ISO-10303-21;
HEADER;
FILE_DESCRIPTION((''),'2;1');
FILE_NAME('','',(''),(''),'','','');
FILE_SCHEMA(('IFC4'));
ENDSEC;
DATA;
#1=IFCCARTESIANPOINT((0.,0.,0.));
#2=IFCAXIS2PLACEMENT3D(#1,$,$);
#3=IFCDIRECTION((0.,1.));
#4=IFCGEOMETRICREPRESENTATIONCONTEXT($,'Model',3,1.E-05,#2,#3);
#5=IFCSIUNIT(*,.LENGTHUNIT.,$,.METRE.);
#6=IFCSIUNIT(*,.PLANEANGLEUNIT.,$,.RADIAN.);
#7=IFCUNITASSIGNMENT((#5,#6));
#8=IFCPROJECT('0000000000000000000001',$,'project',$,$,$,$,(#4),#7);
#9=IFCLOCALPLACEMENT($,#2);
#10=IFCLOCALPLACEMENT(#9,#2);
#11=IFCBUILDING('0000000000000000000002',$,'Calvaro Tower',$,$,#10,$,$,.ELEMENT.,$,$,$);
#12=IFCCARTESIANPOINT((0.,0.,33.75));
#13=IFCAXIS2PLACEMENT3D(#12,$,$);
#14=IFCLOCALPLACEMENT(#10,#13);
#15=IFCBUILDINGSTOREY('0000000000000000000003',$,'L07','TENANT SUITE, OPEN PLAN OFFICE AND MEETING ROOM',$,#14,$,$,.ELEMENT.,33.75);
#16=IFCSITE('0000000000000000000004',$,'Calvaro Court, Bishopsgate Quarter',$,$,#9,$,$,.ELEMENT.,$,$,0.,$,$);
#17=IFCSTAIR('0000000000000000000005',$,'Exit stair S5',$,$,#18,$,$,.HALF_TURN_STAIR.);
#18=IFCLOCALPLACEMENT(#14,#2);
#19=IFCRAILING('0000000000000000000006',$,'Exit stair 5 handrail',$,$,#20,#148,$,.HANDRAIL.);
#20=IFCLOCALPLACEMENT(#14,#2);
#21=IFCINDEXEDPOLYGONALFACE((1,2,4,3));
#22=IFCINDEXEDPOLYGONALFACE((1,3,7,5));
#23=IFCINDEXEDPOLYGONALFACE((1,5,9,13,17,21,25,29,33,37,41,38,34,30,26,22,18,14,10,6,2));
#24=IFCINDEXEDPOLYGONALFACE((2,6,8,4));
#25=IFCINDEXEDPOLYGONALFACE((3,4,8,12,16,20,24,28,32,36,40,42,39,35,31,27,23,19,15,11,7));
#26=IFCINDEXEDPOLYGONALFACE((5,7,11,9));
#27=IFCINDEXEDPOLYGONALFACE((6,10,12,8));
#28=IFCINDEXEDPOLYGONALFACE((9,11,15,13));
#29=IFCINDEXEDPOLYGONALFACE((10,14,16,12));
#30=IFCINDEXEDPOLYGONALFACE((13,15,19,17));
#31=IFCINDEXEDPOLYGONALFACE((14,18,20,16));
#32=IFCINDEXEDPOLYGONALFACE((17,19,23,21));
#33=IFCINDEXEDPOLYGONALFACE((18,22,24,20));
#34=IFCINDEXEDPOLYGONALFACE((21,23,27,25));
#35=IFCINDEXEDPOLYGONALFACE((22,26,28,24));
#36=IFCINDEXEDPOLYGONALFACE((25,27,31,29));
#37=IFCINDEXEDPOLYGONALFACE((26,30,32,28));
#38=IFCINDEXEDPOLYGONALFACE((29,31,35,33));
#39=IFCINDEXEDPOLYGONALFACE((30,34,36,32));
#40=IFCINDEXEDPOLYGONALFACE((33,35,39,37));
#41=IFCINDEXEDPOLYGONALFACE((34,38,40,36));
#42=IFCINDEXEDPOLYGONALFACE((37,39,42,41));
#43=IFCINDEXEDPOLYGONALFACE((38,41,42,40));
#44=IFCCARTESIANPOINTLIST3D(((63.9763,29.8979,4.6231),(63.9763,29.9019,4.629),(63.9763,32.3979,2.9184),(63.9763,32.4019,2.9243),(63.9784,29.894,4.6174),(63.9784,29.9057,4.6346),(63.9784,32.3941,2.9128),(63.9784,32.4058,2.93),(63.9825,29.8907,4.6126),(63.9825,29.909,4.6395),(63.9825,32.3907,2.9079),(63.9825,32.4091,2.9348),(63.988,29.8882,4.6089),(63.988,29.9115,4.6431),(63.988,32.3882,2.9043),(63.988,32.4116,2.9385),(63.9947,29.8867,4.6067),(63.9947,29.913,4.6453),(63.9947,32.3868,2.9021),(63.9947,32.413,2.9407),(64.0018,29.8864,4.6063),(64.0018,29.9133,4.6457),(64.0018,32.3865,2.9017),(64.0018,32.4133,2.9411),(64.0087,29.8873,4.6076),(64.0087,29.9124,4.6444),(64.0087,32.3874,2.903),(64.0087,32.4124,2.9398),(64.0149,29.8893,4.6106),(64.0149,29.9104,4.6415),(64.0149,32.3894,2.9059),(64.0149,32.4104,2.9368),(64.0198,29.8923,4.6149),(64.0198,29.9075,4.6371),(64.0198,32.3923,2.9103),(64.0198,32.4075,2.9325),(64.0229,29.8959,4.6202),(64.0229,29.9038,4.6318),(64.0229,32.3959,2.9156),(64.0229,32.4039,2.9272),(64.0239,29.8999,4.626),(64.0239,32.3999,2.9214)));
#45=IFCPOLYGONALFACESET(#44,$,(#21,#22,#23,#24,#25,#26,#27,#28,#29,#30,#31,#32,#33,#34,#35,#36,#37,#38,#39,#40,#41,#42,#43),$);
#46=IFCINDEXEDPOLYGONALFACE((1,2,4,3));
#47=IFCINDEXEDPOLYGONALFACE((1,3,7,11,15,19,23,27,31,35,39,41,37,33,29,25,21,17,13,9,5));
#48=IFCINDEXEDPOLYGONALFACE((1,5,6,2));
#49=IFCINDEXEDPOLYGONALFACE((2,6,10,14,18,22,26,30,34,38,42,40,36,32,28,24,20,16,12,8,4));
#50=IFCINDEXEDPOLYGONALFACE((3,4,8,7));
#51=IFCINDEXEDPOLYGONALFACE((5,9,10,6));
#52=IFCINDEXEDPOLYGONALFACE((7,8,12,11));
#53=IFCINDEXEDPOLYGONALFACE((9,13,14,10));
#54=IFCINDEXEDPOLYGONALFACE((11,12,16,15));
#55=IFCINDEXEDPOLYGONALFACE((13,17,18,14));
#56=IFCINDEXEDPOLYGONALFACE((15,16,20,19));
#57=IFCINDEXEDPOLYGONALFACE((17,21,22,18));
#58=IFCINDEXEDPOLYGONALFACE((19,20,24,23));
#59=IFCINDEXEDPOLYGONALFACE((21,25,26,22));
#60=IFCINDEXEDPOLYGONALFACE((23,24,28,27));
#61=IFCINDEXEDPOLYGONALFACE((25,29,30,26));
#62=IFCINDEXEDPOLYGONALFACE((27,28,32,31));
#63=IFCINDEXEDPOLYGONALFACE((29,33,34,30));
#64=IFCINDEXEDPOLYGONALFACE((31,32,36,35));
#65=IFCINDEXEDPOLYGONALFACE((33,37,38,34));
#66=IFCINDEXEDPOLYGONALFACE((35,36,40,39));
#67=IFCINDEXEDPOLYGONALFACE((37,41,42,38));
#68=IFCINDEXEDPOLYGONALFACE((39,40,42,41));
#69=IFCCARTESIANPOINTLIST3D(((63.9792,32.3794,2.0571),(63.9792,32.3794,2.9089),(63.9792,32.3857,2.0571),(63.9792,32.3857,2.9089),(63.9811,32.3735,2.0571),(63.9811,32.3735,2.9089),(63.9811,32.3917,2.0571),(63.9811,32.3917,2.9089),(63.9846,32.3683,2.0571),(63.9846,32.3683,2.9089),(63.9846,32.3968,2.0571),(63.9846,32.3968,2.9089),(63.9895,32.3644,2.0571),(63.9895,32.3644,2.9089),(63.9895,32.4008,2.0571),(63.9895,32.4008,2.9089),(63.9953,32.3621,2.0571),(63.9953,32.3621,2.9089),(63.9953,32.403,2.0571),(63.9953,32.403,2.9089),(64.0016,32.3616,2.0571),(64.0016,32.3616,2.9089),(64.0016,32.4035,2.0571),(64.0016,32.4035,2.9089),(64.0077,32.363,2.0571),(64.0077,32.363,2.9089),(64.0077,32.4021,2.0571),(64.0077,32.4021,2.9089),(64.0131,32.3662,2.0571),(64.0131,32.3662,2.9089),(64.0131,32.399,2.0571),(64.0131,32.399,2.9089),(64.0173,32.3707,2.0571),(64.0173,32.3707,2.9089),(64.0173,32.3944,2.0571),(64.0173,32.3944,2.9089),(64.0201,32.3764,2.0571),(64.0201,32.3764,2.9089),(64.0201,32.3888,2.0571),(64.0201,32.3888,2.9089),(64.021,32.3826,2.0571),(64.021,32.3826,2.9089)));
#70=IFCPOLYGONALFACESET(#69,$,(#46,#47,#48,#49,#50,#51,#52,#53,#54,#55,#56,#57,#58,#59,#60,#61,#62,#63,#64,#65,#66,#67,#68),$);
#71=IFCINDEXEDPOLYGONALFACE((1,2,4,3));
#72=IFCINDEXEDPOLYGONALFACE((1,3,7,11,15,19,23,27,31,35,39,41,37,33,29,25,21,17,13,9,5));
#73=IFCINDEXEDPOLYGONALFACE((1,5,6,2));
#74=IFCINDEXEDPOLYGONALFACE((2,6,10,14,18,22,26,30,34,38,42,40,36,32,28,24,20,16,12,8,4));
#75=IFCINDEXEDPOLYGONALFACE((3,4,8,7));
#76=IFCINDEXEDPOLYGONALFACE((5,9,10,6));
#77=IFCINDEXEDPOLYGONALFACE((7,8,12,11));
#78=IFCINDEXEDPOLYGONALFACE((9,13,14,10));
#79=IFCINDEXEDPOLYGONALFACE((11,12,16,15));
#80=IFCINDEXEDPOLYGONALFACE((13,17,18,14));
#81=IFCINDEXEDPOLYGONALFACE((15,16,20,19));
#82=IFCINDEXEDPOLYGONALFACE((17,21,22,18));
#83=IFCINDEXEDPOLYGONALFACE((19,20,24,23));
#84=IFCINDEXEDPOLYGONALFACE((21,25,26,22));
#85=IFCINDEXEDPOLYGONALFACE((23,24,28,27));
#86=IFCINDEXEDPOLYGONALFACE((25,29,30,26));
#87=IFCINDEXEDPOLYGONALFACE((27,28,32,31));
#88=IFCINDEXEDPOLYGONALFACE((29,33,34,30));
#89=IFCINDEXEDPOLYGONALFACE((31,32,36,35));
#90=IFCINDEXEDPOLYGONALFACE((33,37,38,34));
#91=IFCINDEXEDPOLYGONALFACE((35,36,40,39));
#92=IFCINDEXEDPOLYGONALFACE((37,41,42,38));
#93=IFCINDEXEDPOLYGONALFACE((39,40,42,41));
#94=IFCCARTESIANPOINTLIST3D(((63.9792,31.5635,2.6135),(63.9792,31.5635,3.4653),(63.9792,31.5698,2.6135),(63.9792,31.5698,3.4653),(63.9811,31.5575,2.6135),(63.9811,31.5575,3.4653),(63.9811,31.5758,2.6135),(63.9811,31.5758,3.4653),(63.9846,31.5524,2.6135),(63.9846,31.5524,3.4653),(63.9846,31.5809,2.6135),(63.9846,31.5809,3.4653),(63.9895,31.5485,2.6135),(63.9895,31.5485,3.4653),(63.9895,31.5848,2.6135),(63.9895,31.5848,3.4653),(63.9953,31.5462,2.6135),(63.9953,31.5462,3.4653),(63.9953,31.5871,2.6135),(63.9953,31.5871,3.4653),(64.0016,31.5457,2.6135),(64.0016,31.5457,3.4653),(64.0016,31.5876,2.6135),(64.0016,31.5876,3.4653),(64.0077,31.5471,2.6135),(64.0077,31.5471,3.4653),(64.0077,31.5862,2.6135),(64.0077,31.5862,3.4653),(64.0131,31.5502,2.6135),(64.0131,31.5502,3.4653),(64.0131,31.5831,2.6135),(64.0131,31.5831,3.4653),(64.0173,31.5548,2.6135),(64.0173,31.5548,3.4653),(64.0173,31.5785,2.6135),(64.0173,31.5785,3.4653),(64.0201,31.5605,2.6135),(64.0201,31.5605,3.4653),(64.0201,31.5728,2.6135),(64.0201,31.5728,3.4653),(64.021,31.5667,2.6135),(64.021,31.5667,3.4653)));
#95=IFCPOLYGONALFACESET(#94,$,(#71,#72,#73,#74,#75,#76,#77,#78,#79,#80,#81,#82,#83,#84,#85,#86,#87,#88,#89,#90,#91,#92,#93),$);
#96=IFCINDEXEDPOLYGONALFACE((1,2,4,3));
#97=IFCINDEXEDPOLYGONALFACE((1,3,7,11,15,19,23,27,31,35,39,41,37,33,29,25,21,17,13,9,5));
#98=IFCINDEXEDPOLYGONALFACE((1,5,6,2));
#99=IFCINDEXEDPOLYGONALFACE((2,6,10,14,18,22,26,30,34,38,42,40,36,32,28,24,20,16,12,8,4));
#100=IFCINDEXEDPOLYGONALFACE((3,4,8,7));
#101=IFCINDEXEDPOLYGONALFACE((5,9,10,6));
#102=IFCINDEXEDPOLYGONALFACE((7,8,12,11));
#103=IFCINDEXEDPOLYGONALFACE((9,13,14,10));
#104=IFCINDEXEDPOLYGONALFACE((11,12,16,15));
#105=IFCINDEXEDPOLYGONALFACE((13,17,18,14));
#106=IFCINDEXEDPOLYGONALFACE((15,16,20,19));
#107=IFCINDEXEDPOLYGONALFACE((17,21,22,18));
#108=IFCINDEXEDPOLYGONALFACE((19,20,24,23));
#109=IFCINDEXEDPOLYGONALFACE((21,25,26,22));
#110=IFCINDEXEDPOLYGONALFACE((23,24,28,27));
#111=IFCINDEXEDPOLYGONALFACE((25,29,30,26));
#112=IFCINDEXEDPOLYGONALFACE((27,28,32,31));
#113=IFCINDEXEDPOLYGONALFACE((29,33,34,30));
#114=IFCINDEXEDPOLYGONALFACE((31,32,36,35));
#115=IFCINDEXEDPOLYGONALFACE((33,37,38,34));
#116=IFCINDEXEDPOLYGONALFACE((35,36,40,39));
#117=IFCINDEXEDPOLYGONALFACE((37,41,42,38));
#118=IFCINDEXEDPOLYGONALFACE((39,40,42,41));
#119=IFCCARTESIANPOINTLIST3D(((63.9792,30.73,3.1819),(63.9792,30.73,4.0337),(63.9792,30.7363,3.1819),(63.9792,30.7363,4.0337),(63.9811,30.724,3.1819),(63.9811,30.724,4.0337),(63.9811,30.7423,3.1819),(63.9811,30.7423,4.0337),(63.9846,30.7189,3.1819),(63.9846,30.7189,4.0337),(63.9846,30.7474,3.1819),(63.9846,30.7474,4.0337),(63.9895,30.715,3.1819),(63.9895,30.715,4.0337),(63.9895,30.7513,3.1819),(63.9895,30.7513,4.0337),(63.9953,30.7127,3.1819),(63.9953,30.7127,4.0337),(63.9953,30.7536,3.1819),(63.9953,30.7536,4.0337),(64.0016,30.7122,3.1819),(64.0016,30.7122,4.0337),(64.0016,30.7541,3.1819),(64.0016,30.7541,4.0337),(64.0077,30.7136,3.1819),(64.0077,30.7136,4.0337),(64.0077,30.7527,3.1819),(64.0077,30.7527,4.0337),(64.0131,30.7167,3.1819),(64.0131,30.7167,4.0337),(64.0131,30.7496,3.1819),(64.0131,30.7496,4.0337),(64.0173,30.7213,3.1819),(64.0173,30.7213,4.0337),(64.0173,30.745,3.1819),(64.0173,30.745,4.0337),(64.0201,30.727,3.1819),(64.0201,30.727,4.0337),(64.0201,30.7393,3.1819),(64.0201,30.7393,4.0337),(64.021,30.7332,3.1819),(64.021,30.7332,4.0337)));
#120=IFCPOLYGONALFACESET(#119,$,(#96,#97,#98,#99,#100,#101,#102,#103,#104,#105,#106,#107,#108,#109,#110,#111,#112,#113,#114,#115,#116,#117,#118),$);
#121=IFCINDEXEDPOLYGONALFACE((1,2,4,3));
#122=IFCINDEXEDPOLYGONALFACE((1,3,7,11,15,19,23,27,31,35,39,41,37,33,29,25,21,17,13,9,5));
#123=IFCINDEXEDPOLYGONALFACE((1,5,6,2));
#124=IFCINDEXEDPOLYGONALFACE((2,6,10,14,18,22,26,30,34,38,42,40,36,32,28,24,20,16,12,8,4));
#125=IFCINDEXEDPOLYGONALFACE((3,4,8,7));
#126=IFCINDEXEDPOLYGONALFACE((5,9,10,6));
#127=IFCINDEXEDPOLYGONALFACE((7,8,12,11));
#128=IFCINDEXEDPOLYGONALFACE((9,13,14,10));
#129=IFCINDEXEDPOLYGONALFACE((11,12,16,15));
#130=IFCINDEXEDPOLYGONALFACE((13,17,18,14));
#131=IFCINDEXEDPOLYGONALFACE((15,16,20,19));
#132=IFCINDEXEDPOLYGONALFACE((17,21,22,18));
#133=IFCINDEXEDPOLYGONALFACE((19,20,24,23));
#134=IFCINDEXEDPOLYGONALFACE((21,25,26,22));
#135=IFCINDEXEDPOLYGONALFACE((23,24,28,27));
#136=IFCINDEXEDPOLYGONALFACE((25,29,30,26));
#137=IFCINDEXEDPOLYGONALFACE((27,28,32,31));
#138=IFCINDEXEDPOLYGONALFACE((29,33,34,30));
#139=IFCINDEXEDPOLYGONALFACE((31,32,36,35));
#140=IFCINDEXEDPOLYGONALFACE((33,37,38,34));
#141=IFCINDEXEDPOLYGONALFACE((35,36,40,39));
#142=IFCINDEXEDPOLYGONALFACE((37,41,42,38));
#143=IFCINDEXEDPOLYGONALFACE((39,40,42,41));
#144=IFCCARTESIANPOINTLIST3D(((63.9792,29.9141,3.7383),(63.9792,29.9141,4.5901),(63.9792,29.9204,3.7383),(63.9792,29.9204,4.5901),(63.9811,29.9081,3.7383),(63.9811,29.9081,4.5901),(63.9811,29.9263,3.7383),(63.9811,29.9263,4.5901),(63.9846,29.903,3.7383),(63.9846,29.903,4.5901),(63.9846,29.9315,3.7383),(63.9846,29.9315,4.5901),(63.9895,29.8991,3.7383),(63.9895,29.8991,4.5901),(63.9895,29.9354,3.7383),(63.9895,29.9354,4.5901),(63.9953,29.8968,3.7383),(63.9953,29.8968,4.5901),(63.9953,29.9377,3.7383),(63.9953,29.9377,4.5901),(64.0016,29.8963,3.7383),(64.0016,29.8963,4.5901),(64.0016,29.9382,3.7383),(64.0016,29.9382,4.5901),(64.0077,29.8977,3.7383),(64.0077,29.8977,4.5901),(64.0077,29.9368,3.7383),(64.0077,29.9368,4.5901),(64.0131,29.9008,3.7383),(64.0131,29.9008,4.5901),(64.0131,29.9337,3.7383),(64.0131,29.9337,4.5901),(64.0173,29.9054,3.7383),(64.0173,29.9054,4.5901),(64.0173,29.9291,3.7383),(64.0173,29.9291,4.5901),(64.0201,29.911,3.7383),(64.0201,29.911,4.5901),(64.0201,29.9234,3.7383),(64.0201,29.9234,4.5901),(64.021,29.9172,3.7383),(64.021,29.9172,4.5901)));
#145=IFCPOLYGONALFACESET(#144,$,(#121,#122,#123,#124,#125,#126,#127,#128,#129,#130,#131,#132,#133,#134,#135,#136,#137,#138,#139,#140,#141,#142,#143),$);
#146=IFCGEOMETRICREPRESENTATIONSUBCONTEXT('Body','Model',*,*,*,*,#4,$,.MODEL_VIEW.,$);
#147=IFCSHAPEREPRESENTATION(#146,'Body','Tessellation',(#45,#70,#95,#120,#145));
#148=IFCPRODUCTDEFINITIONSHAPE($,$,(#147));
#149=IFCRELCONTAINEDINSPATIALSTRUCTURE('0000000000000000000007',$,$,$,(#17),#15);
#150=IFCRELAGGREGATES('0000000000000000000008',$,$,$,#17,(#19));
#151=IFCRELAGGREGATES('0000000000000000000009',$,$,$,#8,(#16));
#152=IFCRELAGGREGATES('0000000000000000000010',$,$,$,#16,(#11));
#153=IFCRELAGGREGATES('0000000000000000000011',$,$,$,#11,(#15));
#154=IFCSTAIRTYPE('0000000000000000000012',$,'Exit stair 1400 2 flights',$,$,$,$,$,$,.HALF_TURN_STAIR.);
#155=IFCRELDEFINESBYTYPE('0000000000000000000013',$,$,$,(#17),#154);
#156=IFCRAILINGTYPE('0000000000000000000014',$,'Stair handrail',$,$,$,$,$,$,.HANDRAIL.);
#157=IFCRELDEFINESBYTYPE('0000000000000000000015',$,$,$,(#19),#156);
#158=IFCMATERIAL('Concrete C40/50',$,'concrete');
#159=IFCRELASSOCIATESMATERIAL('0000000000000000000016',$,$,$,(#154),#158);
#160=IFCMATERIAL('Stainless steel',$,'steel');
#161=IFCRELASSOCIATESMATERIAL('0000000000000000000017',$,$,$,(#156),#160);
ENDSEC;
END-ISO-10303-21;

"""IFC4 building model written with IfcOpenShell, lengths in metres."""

from ifc_helpers import new_model, si_unit, direction, frame, origin, origin_2d, place, context, subcontext, project, spatial, circle, extrude, material, type_object, element, aggregate, save


model = new_model("IFC4")

# Units and contexts
model_context = context("Model", 3, precision=1e-05, world=origin(), true_north=direction((0.0, 1.0)))
body_context = subcontext(model_context, "Body", "Model", "MODEL_VIEW")
ifc_project = project(units=[si_unit("LENGTHUNIT", "METRE"), si_unit("PLANEANGLEUNIT", "RADIAN")], contexts=[model_context])

# Site, building, storey
site_placement = place(None, origin())
site = spatial("IfcSite", under=ifc_project, at=site_placement, Name="Calvaro Court, Bishopsgate Quarter", CompositionType="ELEMENT", RefElevation=0.0)
building_placement = place(site_placement, origin())
building = spatial("IfcBuilding", under=site, at=building_placement, Name="Calvaro Tower", CompositionType="ELEMENT")
storey_placement = place(building_placement, frame((0.0, 0.0, 33.75)))
storey = spatial("IfcBuildingStorey", under=building, at=storey_placement, Name="L07", Description="TENANT SUITE, OPEN PLAN OFFICE AND MEETING ROOM", CompositionType="ELEMENT", Elevation=33.75)

# Stair
ifc_material_1 = material(Name="Concrete C40/50", Category="concrete")
stair_type = type_object("IfcStairType", Name="Exit stair 1400 2 flights", PredefinedType="HALF_TURN_STAIR", material=ifc_material_1)
stair_1_placement = place(storey_placement, origin())
stair_1 = element("IfcStair", 1, at=stair_1_placement, inside=storey, type_object=stair_type, Name="Exit stair S5", PredefinedType="HALF_TURN_STAIR")

# Shared definitions
ifc_material_2 = material(Name="Stainless steel", Category="steel")
railing_type = type_object("IfcRailingType", Name="Stair handrail", PredefinedType="HANDRAIL", material=ifc_material_2)

# Railing
railing_1_placement = place(storey_placement, frame((64.0, 32.3999, 2.0454)))
railing_1 = element("IfcRailing", 2, at=railing_1_placement, type_object=railing_type, Name="Exit stair 5 handrail", PredefinedType="HANDRAIL", context=body_context, shape_type="SweptSolid", body=[
    extrude(circle(Radius=0.0239, at=origin_2d()), frame((0.0, 0.0, 0.876), z_axis=(0.0, -0.826221, 0.563347), x_axis=(1.0, 0.0, 0.0)), (0.0, 0.0, 1.0), 3.0259),
    extrude(circle(Radius=0.021, at=origin_2d()), frame((0.0, -0.0173, 0.0117)), (0.0, 0.0, 1.0), 0.8518),
    extrude(circle(Radius=0.021, at=origin_2d()), frame((0.0, -0.8333, 0.5681)), (0.0, 0.0, 1.0), 0.8518),
    extrude(circle(Radius=0.021, at=origin_2d()), frame((0.0, -1.6667, 1.1365)), (0.0, 0.0, 1.0), 0.8518),
    extrude(circle(Radius=0.021, at=origin_2d()), frame((0.0, -2.4827, 1.6929)), (0.0, 0.0, 1.0), 0.8518),
])
aggregate(stair_1, [railing_1])

save(model, "model.ifc")
